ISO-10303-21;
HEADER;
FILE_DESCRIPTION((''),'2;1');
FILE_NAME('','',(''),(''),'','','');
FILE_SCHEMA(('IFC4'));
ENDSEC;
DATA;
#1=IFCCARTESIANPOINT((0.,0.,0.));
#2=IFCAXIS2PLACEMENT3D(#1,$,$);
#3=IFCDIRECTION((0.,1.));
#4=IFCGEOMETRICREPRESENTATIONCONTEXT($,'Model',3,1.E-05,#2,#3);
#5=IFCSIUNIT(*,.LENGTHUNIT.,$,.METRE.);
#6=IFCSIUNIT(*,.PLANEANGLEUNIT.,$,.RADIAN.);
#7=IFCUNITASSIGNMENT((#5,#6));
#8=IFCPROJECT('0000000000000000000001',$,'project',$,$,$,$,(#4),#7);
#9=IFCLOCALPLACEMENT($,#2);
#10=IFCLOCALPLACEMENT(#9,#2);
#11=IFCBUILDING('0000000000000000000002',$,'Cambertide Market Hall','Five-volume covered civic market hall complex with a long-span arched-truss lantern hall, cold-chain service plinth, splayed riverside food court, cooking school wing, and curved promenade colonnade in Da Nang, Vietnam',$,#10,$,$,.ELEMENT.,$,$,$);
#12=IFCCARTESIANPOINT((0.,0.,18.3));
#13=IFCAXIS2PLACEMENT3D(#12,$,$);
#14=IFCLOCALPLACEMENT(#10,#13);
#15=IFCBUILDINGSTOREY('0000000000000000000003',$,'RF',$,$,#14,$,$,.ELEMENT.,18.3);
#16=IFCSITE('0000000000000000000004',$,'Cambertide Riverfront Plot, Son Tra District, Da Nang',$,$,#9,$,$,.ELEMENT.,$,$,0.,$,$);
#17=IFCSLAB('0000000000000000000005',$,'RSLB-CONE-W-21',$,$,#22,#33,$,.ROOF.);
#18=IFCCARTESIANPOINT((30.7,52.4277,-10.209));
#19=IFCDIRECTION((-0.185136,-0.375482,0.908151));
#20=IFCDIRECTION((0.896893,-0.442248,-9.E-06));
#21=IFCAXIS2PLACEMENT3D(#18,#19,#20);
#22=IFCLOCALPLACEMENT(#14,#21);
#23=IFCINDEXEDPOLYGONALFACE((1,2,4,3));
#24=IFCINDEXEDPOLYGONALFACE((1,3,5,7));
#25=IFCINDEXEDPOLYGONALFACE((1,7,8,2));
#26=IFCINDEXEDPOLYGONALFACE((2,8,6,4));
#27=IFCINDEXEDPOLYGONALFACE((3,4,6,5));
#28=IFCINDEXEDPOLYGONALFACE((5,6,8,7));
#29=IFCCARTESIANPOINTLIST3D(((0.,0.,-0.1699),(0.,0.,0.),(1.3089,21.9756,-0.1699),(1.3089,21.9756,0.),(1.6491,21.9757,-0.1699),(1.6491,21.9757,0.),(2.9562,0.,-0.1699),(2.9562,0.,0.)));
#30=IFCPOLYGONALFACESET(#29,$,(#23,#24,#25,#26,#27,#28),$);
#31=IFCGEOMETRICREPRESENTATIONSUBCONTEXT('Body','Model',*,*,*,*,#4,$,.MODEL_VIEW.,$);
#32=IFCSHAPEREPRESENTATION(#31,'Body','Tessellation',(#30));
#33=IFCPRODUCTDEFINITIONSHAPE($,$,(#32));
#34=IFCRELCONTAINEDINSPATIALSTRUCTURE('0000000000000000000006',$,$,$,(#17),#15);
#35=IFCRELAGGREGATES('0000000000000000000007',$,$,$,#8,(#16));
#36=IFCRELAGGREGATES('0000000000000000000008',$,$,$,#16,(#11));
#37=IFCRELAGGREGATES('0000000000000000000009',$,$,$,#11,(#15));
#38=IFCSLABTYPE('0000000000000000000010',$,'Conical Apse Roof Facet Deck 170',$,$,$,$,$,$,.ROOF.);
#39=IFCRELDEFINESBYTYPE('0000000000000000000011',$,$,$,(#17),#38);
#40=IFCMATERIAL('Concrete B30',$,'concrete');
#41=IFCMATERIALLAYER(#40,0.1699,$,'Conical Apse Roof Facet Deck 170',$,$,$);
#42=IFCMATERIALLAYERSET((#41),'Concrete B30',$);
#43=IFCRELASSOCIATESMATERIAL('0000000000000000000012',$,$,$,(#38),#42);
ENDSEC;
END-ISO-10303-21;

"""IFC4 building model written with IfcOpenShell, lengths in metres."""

from ifc_helpers import new_model, si_unit, direction, frame, origin, place, context, subcontext, project, spatial, polyline, outline, extrude, material, layer, layer_set, type_object, element, save


model = new_model("IFC4")

# Units and contexts
model_context = context("Model", 3, precision=1e-05, world=origin(), true_north=direction((0.0, 1.0)))
body_context = subcontext(model_context, "Body", "Model", "MODEL_VIEW")
ifc_project = project(units=[si_unit("LENGTHUNIT", "METRE"), si_unit("PLANEANGLEUNIT", "RADIAN")], contexts=[model_context])

# Site, building, storey
site_placement = place(None, origin())
site = spatial("IfcSite", under=ifc_project, at=site_placement, Name="Cambertide Riverfront Plot, Son Tra District, Da Nang", CompositionType="ELEMENT", RefElevation=0.0)
building_placement = place(site_placement, origin())
building = spatial("IfcBuilding", under=site, at=building_placement, Name="Cambertide Market Hall", Description="Five-volume covered civic market hall complex with a long-span arched-truss lantern hall, cold-chain service plinth, splayed riverside food court, cooking school wing, and curved promenade colonnade in Da Nang, Vietnam", CompositionType="ELEMENT")
storey_placement = place(building_placement, frame((0.0, 0.0, 18.3)))
storey = spatial("IfcBuildingStorey", under=building, at=storey_placement, Name="RF", CompositionType="ELEMENT", Elevation=18.3)

# Slab
ifc_material_1 = material(Name="Concrete B30", Category="concrete")
ifc_layer_1 = layer(ifc_material_1, 0.1699, Name="Conical Apse Roof Facet Deck 170")
ifc_layer_set_1 = layer_set([ifc_layer_1], Name="Concrete B30")
slab_type_1 = type_object("IfcSlabType", Name="Conical Apse Roof Facet Deck 170", PredefinedType="ROOF", material=ifc_layer_set_1)
slab_1_placement = place(storey_placement, frame((30.7, 52.4277, -10.209), z_axis=(-0.185136, -0.375482, 0.908151), x_axis=(0.896893, -0.442248, -0.000009)))
element("IfcSlab", 1, at=slab_1_placement, inside=storey, type_object=slab_type_1, Name="RSLB-CONE-W-21", PredefinedType="ROOF", context=body_context, shape_type="SweptSolid", body=[
    extrude(outline(polyline([(0.0, 0.0), (2.9562, 0.0), (1.6491, 21.9757), (1.3089, 21.9756), (0.0, 0.0)])), origin(), (0.0, 0.0, -1.0), 0.1699),
])

save(model, "model.ifc")
